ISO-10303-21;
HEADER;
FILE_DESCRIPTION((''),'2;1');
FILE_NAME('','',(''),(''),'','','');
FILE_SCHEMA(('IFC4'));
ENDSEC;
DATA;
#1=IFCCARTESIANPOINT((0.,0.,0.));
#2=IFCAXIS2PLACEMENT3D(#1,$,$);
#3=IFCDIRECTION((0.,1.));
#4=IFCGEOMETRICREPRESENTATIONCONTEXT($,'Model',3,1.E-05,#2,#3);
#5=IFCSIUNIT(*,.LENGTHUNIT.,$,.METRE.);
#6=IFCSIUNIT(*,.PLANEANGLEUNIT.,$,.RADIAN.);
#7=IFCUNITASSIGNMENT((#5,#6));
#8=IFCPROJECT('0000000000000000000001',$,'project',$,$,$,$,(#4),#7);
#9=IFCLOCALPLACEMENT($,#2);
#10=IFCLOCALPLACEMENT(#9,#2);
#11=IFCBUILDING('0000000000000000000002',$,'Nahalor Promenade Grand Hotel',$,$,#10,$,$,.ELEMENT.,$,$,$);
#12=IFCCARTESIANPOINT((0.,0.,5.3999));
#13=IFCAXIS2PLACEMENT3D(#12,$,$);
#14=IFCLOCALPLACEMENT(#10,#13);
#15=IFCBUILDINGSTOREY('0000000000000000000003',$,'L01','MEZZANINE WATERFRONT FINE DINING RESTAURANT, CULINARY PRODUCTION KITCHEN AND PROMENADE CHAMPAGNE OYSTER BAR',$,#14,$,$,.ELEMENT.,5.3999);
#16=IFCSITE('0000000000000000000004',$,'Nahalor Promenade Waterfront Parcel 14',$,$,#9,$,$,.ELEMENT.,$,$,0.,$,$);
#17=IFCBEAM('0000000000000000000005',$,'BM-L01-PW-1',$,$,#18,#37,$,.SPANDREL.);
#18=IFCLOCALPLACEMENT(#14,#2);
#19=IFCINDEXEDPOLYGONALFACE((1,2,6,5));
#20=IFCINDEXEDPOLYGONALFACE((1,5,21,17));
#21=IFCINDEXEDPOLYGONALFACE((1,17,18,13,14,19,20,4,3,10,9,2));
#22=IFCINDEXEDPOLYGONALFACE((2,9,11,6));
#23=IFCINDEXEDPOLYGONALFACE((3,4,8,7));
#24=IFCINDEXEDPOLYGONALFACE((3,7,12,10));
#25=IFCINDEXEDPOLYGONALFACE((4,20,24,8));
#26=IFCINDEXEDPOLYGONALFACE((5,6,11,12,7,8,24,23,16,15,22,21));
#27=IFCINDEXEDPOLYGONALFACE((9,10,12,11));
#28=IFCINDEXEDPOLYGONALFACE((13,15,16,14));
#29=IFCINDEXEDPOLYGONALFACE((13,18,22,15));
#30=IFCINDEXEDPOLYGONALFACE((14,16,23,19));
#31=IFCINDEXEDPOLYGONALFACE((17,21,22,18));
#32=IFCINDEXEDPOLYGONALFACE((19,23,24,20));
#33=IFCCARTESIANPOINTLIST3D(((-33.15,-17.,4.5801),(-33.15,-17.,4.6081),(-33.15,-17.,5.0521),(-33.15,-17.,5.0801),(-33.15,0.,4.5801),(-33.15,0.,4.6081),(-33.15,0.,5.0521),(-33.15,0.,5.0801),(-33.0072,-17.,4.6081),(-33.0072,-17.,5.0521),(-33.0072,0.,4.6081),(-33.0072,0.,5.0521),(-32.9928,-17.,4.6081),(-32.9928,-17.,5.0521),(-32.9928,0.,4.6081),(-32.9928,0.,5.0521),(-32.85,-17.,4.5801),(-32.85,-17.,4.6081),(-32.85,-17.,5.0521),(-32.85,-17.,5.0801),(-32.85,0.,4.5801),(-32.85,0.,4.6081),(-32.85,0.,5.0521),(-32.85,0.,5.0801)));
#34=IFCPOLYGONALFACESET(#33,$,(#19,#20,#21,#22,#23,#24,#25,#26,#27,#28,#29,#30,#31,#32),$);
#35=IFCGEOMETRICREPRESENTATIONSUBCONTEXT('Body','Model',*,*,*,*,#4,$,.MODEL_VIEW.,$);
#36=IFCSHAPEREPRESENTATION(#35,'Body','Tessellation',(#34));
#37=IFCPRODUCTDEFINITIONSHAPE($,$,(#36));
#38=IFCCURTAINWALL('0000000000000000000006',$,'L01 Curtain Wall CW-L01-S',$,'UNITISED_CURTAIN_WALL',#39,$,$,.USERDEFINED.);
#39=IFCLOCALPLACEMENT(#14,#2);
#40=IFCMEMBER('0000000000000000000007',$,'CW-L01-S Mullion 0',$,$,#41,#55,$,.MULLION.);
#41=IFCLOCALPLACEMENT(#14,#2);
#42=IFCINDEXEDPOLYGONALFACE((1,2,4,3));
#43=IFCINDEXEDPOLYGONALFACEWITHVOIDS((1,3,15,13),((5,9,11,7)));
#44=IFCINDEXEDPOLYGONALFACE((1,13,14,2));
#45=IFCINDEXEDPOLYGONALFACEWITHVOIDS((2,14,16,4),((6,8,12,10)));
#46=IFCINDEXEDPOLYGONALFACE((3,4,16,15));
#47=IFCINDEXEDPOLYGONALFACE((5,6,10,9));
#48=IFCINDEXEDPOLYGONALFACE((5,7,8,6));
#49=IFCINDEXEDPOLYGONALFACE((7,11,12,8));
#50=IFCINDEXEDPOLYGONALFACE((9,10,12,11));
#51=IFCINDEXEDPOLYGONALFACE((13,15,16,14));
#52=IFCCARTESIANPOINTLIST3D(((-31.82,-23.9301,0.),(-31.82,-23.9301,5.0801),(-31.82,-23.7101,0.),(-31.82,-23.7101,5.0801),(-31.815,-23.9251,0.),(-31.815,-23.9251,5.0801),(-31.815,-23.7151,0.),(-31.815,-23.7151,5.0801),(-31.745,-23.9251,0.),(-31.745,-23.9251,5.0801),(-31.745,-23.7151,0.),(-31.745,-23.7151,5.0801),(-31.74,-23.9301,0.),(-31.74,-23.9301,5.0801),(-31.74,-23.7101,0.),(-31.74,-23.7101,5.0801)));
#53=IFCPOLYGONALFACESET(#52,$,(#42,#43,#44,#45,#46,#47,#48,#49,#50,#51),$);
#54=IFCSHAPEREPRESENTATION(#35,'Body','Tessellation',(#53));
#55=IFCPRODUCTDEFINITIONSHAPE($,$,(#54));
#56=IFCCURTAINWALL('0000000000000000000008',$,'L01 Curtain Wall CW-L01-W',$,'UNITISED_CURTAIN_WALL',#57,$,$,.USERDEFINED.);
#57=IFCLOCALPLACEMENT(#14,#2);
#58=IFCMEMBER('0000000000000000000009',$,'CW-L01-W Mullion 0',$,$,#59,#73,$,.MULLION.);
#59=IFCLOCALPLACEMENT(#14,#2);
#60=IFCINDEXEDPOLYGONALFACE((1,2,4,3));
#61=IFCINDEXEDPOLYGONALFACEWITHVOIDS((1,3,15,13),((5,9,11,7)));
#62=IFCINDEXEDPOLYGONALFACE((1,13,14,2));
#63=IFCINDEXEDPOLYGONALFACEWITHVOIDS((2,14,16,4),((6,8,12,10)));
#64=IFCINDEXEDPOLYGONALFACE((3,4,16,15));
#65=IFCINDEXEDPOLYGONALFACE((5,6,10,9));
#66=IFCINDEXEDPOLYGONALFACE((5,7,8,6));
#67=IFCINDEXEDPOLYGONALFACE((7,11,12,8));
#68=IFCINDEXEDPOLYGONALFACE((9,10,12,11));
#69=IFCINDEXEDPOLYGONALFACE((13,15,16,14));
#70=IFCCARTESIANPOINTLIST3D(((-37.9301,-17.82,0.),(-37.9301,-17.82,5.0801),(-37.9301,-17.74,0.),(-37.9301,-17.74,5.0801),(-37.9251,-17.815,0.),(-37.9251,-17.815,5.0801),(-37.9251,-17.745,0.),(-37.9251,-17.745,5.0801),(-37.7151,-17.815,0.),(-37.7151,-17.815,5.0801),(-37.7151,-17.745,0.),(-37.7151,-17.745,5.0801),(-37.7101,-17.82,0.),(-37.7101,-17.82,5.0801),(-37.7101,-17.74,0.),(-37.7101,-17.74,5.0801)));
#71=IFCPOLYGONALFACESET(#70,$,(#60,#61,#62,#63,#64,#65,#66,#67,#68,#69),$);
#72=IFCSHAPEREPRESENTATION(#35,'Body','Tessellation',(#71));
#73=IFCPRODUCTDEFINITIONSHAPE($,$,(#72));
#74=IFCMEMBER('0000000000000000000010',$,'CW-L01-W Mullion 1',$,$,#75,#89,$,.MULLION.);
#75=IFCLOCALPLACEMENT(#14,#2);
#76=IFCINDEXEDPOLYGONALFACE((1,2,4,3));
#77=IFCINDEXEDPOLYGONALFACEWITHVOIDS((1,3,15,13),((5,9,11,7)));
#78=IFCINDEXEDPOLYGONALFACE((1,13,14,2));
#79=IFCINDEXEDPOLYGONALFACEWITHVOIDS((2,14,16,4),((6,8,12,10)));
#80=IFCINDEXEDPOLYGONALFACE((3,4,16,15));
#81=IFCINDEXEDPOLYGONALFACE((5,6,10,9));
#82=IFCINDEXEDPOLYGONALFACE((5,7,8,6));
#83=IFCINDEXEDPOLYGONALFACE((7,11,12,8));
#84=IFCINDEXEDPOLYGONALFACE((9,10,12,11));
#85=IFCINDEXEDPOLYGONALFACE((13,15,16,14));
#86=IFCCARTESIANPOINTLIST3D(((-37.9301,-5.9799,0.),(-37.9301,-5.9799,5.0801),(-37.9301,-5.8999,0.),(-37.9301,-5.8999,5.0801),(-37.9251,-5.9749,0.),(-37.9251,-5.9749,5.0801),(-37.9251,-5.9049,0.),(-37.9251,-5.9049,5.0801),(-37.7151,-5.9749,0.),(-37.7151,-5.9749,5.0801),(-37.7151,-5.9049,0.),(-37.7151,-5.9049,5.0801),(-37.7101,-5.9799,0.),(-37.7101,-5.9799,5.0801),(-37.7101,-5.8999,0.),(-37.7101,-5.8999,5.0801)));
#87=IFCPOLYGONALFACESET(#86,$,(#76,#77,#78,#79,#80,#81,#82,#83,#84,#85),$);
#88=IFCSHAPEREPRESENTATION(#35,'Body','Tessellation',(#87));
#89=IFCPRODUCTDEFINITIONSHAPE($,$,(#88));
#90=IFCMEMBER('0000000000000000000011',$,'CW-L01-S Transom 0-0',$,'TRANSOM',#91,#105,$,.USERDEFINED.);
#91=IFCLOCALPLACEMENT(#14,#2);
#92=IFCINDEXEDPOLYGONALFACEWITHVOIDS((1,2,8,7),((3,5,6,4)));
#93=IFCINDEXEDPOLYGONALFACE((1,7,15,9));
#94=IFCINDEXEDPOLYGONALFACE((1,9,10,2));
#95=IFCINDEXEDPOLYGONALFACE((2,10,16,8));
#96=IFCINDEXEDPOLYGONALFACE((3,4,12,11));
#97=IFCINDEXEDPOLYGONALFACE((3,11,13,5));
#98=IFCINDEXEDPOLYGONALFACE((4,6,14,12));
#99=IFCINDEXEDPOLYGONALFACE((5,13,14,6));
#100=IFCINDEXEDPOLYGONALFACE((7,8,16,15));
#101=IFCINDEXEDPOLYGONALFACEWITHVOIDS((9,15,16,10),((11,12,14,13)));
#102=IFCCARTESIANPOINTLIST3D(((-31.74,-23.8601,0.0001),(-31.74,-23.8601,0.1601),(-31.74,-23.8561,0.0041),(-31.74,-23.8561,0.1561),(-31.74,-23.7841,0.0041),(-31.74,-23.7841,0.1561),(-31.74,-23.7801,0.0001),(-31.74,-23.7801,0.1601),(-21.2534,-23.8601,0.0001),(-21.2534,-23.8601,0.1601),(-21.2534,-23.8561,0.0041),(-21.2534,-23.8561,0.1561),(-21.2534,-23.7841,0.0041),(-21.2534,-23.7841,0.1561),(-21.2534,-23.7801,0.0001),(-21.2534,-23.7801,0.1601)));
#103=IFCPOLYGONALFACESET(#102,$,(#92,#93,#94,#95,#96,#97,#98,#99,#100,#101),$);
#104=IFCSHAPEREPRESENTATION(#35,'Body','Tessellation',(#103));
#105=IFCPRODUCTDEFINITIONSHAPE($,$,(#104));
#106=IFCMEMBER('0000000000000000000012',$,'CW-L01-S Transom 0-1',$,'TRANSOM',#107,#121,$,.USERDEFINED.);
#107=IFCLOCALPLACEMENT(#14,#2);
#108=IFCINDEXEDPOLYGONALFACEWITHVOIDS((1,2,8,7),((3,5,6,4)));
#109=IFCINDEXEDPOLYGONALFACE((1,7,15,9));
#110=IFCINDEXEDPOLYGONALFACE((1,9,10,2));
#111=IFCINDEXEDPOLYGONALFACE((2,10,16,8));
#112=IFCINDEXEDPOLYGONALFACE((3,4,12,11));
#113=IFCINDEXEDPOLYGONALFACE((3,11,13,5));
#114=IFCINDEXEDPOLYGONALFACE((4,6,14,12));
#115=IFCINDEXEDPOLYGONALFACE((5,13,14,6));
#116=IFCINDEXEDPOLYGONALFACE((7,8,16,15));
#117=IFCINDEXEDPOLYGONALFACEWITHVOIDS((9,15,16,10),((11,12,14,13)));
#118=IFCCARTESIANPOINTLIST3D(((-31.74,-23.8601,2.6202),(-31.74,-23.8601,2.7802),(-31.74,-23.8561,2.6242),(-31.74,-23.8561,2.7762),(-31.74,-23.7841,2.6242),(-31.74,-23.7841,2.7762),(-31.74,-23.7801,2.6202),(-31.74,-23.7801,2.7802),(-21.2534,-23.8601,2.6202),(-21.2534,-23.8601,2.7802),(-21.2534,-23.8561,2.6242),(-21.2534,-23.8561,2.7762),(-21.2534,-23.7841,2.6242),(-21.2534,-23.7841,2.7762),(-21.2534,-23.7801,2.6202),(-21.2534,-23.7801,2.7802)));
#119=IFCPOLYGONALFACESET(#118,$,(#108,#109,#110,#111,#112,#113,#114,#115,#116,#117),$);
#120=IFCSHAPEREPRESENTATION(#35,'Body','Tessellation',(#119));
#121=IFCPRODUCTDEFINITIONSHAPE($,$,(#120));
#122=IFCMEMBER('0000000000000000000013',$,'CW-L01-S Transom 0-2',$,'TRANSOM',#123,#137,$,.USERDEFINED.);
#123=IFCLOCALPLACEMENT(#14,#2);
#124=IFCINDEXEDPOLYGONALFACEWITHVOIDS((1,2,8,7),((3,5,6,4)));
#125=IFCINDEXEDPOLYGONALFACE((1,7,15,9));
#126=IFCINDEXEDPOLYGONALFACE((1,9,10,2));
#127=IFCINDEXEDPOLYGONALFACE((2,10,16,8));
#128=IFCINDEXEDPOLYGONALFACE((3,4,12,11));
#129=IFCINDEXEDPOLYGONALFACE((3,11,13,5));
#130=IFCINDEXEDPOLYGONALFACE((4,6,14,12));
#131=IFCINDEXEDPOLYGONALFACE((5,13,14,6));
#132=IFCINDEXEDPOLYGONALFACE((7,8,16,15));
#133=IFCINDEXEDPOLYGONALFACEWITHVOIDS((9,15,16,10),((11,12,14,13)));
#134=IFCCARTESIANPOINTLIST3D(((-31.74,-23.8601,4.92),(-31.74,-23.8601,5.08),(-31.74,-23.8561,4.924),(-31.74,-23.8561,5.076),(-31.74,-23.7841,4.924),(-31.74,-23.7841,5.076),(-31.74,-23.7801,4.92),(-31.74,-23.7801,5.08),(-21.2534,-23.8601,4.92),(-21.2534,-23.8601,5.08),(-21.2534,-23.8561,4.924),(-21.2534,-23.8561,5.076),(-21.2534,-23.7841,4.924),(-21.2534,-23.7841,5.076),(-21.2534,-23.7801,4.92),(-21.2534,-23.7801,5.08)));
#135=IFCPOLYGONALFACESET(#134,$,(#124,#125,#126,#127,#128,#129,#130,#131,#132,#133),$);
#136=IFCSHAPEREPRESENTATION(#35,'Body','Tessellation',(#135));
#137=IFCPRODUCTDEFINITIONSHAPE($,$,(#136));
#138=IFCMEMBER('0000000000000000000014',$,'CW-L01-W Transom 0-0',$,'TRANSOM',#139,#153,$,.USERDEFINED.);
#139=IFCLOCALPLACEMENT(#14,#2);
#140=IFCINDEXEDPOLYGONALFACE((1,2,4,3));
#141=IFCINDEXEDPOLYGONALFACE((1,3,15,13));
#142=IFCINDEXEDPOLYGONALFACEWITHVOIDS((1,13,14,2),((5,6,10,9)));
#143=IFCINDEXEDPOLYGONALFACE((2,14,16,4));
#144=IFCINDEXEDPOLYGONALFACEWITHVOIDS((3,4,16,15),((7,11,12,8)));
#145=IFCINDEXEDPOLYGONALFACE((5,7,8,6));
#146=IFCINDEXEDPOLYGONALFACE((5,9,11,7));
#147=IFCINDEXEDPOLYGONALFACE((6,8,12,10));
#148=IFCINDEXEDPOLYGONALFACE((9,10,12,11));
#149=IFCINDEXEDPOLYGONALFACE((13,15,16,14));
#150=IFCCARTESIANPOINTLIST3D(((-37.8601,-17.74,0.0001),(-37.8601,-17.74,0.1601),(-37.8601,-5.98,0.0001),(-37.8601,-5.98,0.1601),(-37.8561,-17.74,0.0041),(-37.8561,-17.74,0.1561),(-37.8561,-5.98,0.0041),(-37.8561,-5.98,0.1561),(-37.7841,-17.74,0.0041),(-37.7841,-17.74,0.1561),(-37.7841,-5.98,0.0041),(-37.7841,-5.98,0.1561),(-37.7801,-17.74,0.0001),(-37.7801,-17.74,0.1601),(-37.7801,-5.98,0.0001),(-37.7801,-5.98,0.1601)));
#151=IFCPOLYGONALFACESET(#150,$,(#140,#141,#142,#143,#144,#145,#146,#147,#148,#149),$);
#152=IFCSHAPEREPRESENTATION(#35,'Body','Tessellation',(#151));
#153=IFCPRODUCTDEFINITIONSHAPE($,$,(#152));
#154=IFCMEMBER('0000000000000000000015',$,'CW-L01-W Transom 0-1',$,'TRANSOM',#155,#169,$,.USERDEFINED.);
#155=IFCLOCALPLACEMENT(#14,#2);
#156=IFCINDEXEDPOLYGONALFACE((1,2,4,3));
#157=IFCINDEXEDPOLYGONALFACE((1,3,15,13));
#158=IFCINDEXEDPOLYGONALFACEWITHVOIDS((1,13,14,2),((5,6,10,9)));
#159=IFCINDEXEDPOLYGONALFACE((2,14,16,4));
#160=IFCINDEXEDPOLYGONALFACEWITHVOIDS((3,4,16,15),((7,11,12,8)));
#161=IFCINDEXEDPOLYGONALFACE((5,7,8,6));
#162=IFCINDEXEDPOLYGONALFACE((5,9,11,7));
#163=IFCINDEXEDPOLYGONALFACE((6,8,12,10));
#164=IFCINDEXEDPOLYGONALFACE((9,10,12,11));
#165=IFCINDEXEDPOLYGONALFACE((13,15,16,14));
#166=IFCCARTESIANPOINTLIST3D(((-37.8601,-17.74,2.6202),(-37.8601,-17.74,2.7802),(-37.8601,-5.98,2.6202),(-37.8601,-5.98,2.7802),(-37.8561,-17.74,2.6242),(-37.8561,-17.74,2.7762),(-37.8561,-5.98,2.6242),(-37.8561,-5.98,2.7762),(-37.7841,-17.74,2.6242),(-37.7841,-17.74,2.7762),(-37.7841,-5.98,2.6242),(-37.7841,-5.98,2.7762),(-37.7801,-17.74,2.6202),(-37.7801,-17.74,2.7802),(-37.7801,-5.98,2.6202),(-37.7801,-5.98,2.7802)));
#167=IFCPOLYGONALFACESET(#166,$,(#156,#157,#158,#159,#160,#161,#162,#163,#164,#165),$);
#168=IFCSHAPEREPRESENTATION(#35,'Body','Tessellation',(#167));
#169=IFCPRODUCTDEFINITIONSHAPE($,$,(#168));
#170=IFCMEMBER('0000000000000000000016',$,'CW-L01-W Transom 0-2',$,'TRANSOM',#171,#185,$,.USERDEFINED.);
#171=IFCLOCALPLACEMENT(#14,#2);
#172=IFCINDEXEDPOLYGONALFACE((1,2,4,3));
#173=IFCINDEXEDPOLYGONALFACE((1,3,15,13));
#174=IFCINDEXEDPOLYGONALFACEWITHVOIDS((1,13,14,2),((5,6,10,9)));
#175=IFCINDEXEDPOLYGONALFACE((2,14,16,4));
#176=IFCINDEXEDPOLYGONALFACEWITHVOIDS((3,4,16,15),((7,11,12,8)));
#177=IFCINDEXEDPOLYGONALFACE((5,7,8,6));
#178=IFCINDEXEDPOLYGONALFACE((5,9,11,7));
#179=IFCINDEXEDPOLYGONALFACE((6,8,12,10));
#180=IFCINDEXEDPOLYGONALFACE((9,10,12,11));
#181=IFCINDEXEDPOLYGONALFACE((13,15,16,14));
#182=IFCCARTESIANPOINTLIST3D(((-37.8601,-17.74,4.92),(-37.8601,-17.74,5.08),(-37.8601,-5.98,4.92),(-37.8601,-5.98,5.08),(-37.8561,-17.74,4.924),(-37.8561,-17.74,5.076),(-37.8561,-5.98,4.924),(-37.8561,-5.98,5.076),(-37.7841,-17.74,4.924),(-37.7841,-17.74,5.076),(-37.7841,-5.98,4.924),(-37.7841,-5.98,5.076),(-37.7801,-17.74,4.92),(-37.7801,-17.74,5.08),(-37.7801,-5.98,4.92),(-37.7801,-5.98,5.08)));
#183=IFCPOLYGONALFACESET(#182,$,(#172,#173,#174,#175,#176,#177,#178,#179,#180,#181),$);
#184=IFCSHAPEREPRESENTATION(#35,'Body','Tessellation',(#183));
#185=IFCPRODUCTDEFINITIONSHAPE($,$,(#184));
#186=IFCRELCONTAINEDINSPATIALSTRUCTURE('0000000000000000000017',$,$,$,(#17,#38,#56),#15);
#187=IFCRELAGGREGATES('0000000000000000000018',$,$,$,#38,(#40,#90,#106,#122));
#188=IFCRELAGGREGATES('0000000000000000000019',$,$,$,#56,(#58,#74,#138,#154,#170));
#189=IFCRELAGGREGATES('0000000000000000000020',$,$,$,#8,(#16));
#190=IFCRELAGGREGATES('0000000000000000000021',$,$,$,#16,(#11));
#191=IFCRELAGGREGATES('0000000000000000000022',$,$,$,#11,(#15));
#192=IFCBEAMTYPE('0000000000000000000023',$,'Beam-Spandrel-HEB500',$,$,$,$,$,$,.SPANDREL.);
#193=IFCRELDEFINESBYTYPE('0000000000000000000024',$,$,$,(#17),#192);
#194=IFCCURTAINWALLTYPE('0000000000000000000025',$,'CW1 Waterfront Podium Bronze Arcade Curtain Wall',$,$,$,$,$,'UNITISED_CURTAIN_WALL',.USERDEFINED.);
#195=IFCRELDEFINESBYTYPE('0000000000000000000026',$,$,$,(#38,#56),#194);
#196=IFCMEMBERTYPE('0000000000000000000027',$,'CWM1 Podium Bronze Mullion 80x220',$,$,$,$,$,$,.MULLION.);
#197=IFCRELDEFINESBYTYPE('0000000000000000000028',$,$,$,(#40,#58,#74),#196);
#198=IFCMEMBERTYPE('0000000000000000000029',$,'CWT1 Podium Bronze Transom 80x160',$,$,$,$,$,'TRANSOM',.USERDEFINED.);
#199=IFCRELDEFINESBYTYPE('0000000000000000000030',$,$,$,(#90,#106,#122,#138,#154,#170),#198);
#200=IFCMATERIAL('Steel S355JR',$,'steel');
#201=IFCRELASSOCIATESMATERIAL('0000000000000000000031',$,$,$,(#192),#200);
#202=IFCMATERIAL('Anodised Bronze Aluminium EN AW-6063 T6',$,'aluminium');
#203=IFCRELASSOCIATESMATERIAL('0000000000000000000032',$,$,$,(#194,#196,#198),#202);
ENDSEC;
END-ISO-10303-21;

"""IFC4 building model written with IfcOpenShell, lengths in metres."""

from ifc_helpers import new_model, si_unit, direction, frame, origin, origin_2d, place, context, subcontext, project, spatial, hollow_rectangle, i_section, extrude, source, transform, mapped, material, material_profile, profile_set, type_object, element, aggregate, save


model = new_model("IFC4")

# Units and contexts
model_context = context("Model", 3, precision=1e-05, world=origin(), true_north=direction((0.0, 1.0)))
body_context = subcontext(model_context, "Body", "Model", "MODEL_VIEW")
ifc_project = project(units=[si_unit("LENGTHUNIT", "METRE"), si_unit("PLANEANGLEUNIT", "RADIAN")], contexts=[model_context])

# Site, building, storey
site_placement = place(None, origin())
site = spatial("IfcSite", under=ifc_project, at=site_placement, Name="Nahalor Promenade Waterfront Parcel 14", CompositionType="ELEMENT", RefElevation=0.0)
building_placement = place(site_placement, origin())
building = spatial("IfcBuilding", under=site, at=building_placement, Name="Nahalor Promenade Grand Hotel", CompositionType="ELEMENT")
storey_placement = place(building_placement, frame((0.0, 0.0, 5.3999)))
storey = spatial("IfcBuildingStorey", under=building, at=storey_placement, Name="L01", Description="MEZZANINE WATERFRONT FINE DINING RESTAURANT, CULINARY PRODUCTION KITCHEN AND PROMENADE CHAMPAGNE OYSTER BAR", CompositionType="ELEMENT", Elevation=5.3999)

# Beam
ifc_material_1 = material(Name="Steel S355JR", Category="steel")
ifc_material_profile_1 = material_profile(ifc_material_1, i_section(OverallWidth=0.3, OverallDepth=0.5, WebThickness=0.0145, FlangeThickness=0.028, at=origin_2d()), Name="HEB 500")
ifc_profile_set_1 = profile_set([ifc_material_profile_1], Name="Steel S355JR")
beam_type_1 = type_object("IfcBeamType", Name="Beam-Spandrel-HEB500", PredefinedType="SPANDREL", material=ifc_profile_set_1)
shared_shape_1 = source(origin(), body_context, "Body", "SweptSolid", [
    extrude(i_section(OverallWidth=0.3, OverallDepth=0.5, WebThickness=0.0145, FlangeThickness=0.028, at=origin_2d()), origin(), (0.0, 0.0, 1.0), 17.0),
])
beam_1_placement = place(storey_placement, frame((-33.0, -17.0, 4.8301), z_axis=(0.0, 1.0, 0.0), x_axis=(-1.0, 0.0, 0.0)))
element("IfcBeam", 1, at=beam_1_placement, inside=storey, type_object=beam_type_1, Name="BM-L01-PW-1", PredefinedType="SPANDREL", context=body_context, shape_type="MappedRepresentation", body=[
    mapped(shared_shape_1, transform((0.0, 0.0, 0.0), scale=1.0)),
])

# Curtain wall, member
ifc_material_2 = material(Name="Anodised Bronze Aluminium EN AW-6063 T6", Category="aluminium")
curtain_wall_type = type_object("IfcCurtainWallType", Name="CW1 Waterfront Podium Bronze Arcade Curtain Wall", ElementType="UNITISED_CURTAIN_WALL", PredefinedType="USERDEFINED", material=ifc_material_2)
curtain_wall_1_placement = place(storey_placement, origin())
curtain_wall_1 = element("IfcCurtainWall", 2, at=curtain_wall_1_placement, inside=storey, type_object=curtain_wall_type, Name="L01 Curtain Wall CW-L01-S", ObjectType="UNITISED_CURTAIN_WALL", PredefinedType="USERDEFINED")
ifc_material_profile_2 = material_profile(ifc_material_2, hollow_rectangle(XDim=0.08, YDim=0.22, WallThickness=0.005, at=origin_2d()), Name="CWM 80x220x5")
ifc_profile_set_2 = profile_set([ifc_material_profile_2], Name="Anodised Bronze Aluminium EN AW-6063 T6")
member_type_1 = type_object("IfcMemberType", Name="CWM1 Podium Bronze Mullion 80x220", PredefinedType="MULLION", material=ifc_profile_set_2)
shared_shape_2 = source(origin(), body_context, "Body", "SweptSolid", [
    extrude(hollow_rectangle(XDim=0.08, YDim=0.22, WallThickness=0.005, at=origin_2d()), origin(), (0.0, 0.0, 1.0), 5.0801),
])
member_1_placement = place(storey_placement, frame((-31.78, -23.8201, 0.0), z_axis=(0.0, 0.0, 1.0), x_axis=(1.0, 0.0, 0.0)))
member_1 = element("IfcMember", 3, at=member_1_placement, type_object=member_type_1, Name="CW-L01-S Mullion 0", PredefinedType="MULLION", context=body_context, shape_type="MappedRepresentation", body=[
    mapped(shared_shape_2, transform((0.0, 0.0, 0.0), scale=1.0)),
])

# Curtain wall, members
curtain_wall_2_placement = place(storey_placement, origin())
curtain_wall_2 = element("IfcCurtainWall", 4, at=curtain_wall_2_placement, inside=storey, type_object=curtain_wall_type, Name="L01 Curtain Wall CW-L01-W", ObjectType="UNITISED_CURTAIN_WALL", PredefinedType="USERDEFINED")
member_2_placement = place(storey_placement, frame((-37.8201, -17.78, 0.0), z_axis=(0.0, 0.0, 1.0), x_axis=(0.0, 1.0, 0.0)))
member_2 = element("IfcMember", 5, at=member_2_placement, type_object=member_type_1, Name="CW-L01-W Mullion 0", PredefinedType="MULLION", context=body_context, shape_type="MappedRepresentation", body=[
    mapped(shared_shape_2, transform((0.0, 0.0, 0.0), scale=1.0)),
])
member_3_placement = place(storey_placement, frame((-37.8201, -5.9399, 0.0), z_axis=(0.0, 0.0, 1.0), x_axis=(0.0, 1.0, 0.0)))
member_3 = element("IfcMember", 6, at=member_3_placement, type_object=member_type_1, Name="CW-L01-W Mullion 1", PredefinedType="MULLION", context=body_context, shape_type="MappedRepresentation", body=[
    mapped(shared_shape_2, transform((0.0, 0.0, 0.0), scale=1.0)),
])

# Members
ifc_material_profile_3 = material_profile(ifc_material_2, hollow_rectangle(XDim=0.08, YDim=0.16, WallThickness=0.004, at=origin_2d()), Name="CWT 80x160x4")
ifc_profile_set_3 = profile_set([ifc_material_profile_3], Name="Anodised Bronze Aluminium EN AW-6063 T6")
member_type_2 = type_object("IfcMemberType", Name="CWT1 Podium Bronze Transom 80x160", ElementType="TRANSOM", PredefinedType="USERDEFINED", material=ifc_profile_set_3)
shared_shape_3 = source(origin(), body_context, "Body", "SweptSolid", [
    extrude(hollow_rectangle(XDim=0.08, YDim=0.16, WallThickness=0.004, at=origin_2d()), origin(), (0.0, 0.0, 1.0), 10.4866),
])
member_4_placement = place(storey_placement, frame((-31.74, -23.8201, 0.0801), z_axis=(1.0, 0.0, 0.0), x_axis=(0.0, 1.0, 0.0)))
member_4 = element("IfcMember", 7, at=member_4_placement, type_object=member_type_2, Name="CW-L01-S Transom 0-0", ObjectType="TRANSOM", PredefinedType="USERDEFINED", context=body_context, shape_type="MappedRepresentation", body=[
    mapped(shared_shape_3, transform((0.0, 0.0, 0.0), scale=1.0)),
])
member_5_placement = place(storey_placement, frame((-31.74, -23.8201, 2.7002), z_axis=(1.0, 0.0, 0.0), x_axis=(0.0, 1.0, 0.0)))
member_5 = element("IfcMember", 8, at=member_5_placement, type_object=member_type_2, Name="CW-L01-S Transom 0-1", ObjectType="TRANSOM", PredefinedType="USERDEFINED", context=body_context, shape_type="MappedRepresentation", body=[
    mapped(shared_shape_3, transform((0.0, 0.0, 0.0), scale=1.0)),
])
member_6_placement = place(storey_placement, frame((-31.74, -23.8201, 5.0), z_axis=(1.0, 0.0, 0.0), x_axis=(0.0, 1.0, 0.0)))
member_6 = element("IfcMember", 9, at=member_6_placement, type_object=member_type_2, Name="CW-L01-S Transom 0-2", ObjectType="TRANSOM", PredefinedType="USERDEFINED", context=body_context, shape_type="MappedRepresentation", body=[
    mapped(shared_shape_3, transform((0.0, 0.0, 0.0), scale=1.0)),
])
shared_shape_4 = source(origin(), body_context, "Body", "SweptSolid", [
    extrude(hollow_rectangle(XDim=0.08, YDim=0.16, WallThickness=0.004, at=origin_2d()), origin(), (0.0, 0.0, 1.0), 11.76),
])
member_7_placement = place(storey_placement, frame((-37.8201, -17.74, 0.0801), z_axis=(0.0, 1.0, 0.0), x_axis=(-1.0, 0.0, 0.0)))
member_7 = element("IfcMember", 10, at=member_7_placement, type_object=member_type_2, Name="CW-L01-W Transom 0-0", ObjectType="TRANSOM", PredefinedType="USERDEFINED", context=body_context, shape_type="MappedRepresentation", body=[
    mapped(shared_shape_4, transform((0.0, 0.0, 0.0), scale=1.0)),
])
member_8_placement = place(storey_placement, frame((-37.8201, -17.74, 2.7002), z_axis=(0.0, 1.0, 0.0), x_axis=(-1.0, 0.0, 0.0)))
member_8 = element("IfcMember", 11, at=member_8_placement, type_object=member_type_2, Name="CW-L01-W Transom 0-1", ObjectType="TRANSOM", PredefinedType="USERDEFINED", context=body_context, shape_type="MappedRepresentation", body=[
    mapped(shared_shape_4, transform((0.0, 0.0, 0.0), scale=1.0)),
])
member_9_placement = place(storey_placement, frame((-37.8201, -17.74, 5.0), z_axis=(0.0, 1.0, 0.0), x_axis=(-1.0, 0.0, 0.0)))
member_9 = element("IfcMember", 12, at=member_9_placement, type_object=member_type_2, Name="CW-L01-W Transom 0-2", ObjectType="TRANSOM", PredefinedType="USERDEFINED", context=body_context, shape_type="MappedRepresentation", body=[
    mapped(shared_shape_4, transform((0.0, 0.0, 0.0), scale=1.0)),
])

aggregate(curtain_wall_1, [member_1, member_4, member_5, member_6])
aggregate(curtain_wall_2, [member_2, member_3, member_7, member_8, member_9])

save(model, "model.ifc")
